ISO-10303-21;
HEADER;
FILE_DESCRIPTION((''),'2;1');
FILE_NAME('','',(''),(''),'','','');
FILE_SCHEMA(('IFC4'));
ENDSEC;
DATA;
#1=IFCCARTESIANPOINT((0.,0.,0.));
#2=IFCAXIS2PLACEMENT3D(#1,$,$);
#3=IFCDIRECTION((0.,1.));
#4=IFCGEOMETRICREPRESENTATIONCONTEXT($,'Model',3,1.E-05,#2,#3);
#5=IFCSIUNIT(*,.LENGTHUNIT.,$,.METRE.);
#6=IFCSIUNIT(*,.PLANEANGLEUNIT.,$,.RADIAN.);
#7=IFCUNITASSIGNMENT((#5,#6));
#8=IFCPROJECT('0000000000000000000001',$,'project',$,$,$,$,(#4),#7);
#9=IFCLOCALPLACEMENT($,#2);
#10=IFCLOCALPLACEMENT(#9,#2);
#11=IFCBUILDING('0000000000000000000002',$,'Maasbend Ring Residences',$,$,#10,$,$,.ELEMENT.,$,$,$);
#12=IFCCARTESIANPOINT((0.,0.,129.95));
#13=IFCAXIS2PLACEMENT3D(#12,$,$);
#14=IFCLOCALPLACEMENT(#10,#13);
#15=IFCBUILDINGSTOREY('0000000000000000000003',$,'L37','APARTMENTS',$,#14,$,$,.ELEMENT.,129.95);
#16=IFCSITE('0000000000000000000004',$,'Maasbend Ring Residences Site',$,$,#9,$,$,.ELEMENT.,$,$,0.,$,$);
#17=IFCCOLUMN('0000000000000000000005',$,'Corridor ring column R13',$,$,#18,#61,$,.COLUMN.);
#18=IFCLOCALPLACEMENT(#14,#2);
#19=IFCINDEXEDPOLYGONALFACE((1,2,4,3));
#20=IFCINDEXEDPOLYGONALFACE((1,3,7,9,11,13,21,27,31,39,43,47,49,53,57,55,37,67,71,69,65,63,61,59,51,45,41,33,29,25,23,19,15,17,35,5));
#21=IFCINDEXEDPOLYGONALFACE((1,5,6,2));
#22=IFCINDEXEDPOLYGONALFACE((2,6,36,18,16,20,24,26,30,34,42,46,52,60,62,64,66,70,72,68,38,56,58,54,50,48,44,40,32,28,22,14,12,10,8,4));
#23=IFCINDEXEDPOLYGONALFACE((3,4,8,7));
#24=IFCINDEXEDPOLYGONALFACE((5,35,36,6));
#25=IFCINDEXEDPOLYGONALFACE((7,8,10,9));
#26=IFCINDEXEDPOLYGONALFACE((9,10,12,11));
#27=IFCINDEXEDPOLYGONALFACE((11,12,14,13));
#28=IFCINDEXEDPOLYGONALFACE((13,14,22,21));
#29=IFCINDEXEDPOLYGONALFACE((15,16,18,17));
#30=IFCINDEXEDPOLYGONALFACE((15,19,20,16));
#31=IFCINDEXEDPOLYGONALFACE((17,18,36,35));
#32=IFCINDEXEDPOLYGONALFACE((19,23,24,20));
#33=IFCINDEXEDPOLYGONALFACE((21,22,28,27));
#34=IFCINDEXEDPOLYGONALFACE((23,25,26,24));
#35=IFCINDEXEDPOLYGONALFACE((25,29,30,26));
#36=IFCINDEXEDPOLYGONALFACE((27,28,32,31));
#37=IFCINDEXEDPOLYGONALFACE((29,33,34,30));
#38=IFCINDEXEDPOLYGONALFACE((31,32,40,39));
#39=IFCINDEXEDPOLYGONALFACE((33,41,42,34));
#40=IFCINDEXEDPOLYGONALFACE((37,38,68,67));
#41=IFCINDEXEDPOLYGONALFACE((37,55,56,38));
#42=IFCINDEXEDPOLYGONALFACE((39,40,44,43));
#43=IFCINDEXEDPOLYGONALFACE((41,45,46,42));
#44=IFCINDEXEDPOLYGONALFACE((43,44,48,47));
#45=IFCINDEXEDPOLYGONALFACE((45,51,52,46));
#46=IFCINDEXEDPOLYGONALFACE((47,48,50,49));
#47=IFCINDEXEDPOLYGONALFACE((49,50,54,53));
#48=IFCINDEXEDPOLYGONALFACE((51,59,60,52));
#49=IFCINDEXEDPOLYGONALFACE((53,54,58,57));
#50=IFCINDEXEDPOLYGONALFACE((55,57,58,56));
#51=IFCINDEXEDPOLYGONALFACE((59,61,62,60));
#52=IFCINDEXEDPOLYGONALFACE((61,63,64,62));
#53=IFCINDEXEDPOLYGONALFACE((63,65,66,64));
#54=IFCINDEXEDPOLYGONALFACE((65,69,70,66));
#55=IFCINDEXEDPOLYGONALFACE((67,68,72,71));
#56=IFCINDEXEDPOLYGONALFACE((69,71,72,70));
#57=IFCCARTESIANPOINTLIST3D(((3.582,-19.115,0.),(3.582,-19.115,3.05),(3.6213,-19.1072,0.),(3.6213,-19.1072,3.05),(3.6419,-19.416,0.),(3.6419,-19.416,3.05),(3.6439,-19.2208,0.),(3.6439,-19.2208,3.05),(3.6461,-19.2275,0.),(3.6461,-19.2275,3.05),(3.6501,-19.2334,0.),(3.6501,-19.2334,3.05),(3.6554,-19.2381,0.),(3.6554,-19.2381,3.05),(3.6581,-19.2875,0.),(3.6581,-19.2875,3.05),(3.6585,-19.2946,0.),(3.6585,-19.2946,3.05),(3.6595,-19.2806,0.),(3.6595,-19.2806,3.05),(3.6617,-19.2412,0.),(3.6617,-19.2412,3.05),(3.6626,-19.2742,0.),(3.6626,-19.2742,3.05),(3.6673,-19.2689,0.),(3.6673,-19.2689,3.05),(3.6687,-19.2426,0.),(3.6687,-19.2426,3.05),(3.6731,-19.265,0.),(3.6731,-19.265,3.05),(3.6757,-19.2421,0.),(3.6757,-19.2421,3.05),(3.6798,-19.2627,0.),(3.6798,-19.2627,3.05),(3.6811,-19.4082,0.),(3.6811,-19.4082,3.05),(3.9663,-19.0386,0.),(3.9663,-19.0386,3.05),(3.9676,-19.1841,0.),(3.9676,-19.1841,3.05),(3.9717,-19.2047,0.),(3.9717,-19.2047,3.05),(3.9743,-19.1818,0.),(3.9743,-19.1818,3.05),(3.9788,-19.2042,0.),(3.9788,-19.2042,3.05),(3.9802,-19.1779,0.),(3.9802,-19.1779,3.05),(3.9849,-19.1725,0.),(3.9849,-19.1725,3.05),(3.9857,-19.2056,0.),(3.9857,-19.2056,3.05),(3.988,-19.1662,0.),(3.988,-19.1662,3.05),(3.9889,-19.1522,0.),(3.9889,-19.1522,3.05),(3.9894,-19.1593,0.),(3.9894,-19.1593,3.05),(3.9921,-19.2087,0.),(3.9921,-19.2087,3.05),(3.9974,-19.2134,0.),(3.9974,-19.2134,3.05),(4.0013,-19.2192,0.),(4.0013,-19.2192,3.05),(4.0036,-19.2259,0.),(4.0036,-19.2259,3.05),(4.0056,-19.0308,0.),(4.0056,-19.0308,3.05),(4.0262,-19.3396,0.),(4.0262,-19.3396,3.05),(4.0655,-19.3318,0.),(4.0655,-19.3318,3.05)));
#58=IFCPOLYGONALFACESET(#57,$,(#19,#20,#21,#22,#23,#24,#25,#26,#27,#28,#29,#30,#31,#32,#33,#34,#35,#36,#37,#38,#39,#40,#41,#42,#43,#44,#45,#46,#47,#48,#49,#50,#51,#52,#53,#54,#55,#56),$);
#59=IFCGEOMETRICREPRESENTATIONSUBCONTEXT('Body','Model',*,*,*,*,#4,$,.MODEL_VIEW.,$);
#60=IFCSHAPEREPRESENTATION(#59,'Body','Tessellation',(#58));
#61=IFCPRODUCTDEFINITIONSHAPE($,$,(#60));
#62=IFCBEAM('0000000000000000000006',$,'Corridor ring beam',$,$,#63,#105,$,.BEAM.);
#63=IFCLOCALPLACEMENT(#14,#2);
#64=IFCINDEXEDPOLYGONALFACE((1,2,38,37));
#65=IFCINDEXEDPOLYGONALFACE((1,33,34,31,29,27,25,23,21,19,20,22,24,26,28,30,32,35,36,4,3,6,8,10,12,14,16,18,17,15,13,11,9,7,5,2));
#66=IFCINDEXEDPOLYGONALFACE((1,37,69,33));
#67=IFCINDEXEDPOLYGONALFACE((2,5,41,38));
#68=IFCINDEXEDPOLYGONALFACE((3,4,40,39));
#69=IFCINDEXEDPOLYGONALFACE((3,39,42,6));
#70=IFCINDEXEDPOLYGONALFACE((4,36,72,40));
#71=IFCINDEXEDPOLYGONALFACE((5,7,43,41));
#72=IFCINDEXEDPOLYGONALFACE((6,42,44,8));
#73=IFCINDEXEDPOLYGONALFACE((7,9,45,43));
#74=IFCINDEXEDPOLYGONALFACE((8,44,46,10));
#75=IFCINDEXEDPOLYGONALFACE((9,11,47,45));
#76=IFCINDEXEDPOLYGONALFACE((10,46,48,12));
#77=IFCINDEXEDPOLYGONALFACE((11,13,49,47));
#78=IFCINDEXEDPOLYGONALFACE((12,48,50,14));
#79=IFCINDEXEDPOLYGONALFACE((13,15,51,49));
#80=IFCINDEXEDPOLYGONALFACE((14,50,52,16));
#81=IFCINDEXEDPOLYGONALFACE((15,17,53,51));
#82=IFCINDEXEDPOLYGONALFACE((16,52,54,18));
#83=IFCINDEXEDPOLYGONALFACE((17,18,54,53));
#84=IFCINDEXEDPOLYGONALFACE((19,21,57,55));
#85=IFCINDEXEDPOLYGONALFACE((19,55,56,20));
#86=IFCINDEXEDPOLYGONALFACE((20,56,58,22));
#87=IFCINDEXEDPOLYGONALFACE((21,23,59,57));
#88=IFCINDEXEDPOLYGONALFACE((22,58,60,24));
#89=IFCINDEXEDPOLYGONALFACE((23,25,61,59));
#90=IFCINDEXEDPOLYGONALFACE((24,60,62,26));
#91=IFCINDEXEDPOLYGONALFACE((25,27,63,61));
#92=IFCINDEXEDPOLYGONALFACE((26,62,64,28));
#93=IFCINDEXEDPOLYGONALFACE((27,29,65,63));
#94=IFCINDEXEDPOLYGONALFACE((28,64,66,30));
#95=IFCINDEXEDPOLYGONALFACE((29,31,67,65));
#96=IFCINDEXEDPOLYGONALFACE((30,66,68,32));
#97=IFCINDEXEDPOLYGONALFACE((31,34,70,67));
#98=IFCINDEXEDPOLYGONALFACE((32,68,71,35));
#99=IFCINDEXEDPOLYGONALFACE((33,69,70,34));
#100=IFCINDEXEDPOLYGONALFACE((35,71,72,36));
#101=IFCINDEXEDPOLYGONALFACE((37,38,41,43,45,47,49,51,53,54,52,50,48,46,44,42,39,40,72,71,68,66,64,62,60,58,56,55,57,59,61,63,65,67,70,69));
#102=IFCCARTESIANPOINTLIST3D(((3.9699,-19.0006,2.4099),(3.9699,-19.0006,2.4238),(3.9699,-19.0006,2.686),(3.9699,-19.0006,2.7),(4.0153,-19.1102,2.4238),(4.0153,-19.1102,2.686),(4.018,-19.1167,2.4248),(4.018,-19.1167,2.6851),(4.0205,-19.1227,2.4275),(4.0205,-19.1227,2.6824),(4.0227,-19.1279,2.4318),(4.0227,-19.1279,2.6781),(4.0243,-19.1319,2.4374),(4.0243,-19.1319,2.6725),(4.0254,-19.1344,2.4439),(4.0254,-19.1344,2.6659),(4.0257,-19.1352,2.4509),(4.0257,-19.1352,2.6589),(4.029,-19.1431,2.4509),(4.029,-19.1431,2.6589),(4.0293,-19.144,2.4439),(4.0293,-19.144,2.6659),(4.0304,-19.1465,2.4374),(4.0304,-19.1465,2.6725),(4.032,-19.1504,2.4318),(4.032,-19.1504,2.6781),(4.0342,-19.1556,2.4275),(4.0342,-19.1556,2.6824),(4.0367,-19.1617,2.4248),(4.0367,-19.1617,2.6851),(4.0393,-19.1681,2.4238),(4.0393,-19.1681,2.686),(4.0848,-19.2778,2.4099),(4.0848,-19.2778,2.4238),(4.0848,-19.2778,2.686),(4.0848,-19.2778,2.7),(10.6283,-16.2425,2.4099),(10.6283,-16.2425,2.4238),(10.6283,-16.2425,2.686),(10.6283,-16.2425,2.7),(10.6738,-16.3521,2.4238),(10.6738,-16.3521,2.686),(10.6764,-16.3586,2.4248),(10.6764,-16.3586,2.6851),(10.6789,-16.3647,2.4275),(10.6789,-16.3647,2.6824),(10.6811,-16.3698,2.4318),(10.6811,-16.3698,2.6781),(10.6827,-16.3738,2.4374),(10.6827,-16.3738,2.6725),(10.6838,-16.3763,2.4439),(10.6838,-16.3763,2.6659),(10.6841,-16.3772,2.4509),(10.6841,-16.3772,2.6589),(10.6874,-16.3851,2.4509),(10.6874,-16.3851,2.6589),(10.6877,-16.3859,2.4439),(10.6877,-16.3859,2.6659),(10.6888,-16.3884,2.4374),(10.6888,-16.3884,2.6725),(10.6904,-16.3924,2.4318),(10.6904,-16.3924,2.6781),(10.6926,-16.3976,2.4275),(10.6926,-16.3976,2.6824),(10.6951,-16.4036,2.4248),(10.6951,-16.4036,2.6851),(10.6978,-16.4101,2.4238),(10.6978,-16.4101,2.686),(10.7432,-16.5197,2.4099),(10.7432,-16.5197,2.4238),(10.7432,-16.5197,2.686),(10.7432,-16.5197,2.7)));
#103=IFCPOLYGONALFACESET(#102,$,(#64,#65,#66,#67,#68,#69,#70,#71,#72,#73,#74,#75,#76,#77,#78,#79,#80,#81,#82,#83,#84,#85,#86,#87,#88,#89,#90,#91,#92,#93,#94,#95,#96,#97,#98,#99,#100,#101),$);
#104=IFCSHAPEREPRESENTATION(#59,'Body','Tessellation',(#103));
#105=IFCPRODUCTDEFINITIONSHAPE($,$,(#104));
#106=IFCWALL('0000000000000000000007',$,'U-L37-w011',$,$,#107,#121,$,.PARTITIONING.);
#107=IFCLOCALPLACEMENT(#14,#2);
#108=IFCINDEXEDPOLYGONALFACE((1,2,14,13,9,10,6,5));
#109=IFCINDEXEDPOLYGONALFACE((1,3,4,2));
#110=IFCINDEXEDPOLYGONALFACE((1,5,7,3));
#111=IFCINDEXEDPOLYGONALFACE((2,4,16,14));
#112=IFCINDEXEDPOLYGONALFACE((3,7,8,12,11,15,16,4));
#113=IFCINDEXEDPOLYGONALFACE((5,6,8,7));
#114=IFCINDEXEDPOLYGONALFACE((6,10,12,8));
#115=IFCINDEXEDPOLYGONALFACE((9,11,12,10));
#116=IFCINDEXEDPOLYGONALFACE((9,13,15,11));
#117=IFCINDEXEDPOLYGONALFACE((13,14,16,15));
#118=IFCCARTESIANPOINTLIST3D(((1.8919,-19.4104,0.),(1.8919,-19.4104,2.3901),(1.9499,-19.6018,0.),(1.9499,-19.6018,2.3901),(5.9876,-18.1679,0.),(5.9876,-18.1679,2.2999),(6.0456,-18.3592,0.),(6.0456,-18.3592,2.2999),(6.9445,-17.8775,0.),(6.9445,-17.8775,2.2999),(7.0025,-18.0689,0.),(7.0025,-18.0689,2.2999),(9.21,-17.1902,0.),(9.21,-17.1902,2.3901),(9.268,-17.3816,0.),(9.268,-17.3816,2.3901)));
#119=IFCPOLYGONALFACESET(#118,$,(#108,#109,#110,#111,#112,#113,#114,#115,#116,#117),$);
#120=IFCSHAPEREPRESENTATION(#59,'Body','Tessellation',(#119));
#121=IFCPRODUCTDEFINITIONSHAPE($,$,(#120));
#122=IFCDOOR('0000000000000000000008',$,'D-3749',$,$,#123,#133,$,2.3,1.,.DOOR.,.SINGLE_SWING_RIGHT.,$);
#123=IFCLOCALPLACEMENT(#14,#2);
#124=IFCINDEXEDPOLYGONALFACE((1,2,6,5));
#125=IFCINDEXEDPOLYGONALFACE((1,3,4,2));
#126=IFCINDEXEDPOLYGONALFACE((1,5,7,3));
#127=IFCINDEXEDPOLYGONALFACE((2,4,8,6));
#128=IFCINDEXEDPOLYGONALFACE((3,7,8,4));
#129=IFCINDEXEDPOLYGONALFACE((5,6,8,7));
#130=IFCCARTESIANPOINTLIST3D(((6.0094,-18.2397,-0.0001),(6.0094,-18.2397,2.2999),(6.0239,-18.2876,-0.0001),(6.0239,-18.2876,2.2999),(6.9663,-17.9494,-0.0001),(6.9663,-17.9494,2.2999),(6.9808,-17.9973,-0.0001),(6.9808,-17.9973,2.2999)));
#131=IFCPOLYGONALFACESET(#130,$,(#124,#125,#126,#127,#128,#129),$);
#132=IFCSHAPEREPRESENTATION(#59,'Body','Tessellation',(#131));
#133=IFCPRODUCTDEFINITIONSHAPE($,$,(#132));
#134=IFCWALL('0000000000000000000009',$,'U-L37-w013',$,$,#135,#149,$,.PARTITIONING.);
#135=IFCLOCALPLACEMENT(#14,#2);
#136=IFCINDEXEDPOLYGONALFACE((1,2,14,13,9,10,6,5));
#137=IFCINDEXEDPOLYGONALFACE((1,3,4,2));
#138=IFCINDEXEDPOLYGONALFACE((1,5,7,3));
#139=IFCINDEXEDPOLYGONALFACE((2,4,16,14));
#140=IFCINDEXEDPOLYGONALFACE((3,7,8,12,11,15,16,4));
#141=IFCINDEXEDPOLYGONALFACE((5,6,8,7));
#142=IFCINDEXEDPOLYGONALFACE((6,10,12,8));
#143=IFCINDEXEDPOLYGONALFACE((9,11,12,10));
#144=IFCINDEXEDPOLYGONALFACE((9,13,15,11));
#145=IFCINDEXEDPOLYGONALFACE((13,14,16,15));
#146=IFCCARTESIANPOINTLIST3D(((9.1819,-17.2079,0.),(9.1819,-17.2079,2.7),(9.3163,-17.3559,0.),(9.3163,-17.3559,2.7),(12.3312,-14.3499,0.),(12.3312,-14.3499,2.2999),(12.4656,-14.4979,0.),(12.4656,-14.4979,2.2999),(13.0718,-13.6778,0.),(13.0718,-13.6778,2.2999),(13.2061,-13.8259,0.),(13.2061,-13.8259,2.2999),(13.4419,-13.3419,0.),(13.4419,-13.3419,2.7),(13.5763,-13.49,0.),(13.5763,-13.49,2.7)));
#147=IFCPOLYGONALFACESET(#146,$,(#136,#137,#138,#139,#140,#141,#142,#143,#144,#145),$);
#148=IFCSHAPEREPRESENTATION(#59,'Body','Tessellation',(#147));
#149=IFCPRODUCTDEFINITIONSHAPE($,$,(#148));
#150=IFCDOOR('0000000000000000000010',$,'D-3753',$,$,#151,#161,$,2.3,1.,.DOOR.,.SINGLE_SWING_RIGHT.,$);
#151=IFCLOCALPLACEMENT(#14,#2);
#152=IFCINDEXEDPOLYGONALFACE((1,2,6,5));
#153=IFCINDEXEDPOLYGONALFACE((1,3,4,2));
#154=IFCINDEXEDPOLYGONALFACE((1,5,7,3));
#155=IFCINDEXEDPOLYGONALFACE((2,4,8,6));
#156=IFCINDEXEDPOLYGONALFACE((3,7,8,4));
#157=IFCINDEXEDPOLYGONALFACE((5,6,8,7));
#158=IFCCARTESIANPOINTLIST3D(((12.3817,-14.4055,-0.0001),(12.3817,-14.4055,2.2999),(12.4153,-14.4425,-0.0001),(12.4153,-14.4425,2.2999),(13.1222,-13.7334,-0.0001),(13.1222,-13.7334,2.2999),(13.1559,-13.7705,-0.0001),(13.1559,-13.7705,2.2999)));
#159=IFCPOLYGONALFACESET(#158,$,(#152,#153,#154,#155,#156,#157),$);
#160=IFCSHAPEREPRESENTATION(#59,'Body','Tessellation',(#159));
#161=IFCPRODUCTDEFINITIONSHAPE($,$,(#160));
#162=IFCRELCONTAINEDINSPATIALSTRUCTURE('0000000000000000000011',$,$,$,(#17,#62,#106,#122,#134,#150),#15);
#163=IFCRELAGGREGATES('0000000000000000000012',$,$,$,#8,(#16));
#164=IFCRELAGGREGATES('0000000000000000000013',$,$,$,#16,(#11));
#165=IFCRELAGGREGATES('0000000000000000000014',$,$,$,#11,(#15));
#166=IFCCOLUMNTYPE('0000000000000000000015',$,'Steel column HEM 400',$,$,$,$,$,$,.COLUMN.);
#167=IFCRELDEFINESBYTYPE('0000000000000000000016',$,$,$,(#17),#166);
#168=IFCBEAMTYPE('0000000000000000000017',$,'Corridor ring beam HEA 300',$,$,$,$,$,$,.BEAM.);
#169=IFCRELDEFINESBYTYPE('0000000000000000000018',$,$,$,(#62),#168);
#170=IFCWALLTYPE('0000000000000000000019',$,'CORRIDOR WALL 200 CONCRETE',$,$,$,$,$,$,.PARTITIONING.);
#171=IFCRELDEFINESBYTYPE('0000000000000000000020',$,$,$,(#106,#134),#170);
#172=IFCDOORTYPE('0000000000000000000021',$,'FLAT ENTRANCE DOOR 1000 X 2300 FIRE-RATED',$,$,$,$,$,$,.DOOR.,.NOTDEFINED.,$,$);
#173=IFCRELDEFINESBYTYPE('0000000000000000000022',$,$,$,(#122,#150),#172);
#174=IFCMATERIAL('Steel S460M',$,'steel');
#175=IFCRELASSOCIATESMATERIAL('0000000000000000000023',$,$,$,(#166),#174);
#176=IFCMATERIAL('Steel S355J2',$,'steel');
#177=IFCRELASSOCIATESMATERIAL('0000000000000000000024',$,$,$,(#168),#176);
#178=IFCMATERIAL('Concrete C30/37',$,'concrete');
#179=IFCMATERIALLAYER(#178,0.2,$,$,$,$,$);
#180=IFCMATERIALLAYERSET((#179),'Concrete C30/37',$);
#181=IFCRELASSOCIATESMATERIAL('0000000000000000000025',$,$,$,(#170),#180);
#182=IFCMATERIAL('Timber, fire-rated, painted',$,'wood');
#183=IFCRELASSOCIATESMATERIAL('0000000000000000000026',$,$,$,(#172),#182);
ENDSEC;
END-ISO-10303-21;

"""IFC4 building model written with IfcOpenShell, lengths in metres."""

from ifc_helpers import new_model, si_unit, direction, frame, frame_2d, origin, origin_2d, place, context, subcontext, project, spatial, rectangle, i_section, extrude, material, layer, layer_set, material_profile, profile_set, type_object, element, fill, save


model = new_model("IFC4")

# Units and contexts
model_context = context("Model", 3, precision=1e-05, world=origin(), true_north=direction((0.0, 1.0)))
body_context = subcontext(model_context, "Body", "Model", "MODEL_VIEW")
ifc_project = project(units=[si_unit("LENGTHUNIT", "METRE"), si_unit("PLANEANGLEUNIT", "RADIAN")], contexts=[model_context])

# Site, building, storey
site_placement = place(None, origin())
site = spatial("IfcSite", under=ifc_project, at=site_placement, Name="Maasbend Ring Residences Site", CompositionType="ELEMENT", RefElevation=0.0)
building_placement = place(site_placement, origin())
building = spatial("IfcBuilding", under=site, at=building_placement, Name="Maasbend Ring Residences", CompositionType="ELEMENT")
storey_placement = place(building_placement, frame((0.0, 0.0, 129.95)))
storey = spatial("IfcBuildingStorey", under=building, at=storey_placement, Name="L37", Description="APARTMENTS", CompositionType="ELEMENT", Elevation=129.95)

# Column
ifc_material_1 = material(Name="Steel S460M", Category="steel")
ifc_material_profile_1 = material_profile(ifc_material_1, i_section(OverallWidth=0.3069, OverallDepth=0.4319, WebThickness=0.021, FlangeThickness=0.04, FilletRadius=0.0271, at=origin_2d()), Name="HEM 400")
ifc_profile_set_1 = profile_set([ifc_material_profile_1], Name="Steel S460M")
column_type = type_object("IfcColumnType", Name="Steel column HEM 400", PredefinedType="COLUMN", material=ifc_profile_set_1)
column_placement = place(storey_placement, frame((3.8237, -19.2234, 0.0), z_axis=(0.0, 0.0, 1.0), x_axis=(0.19509, -0.980785, 0.0)))
element("IfcColumn", 1, at=column_placement, inside=storey, type_object=column_type, Name="Corridor ring column R13", PredefinedType="COLUMN", context=body_context, shape_type="SweptSolid", body=[
    extrude(i_section(OverallWidth=0.3069, OverallDepth=0.4319, WebThickness=0.021, FlangeThickness=0.04, FilletRadius=0.0271, at=origin_2d()), origin(), (0.0, 0.0, 1.0), 3.05),
])

# Beam
ifc_material_2 = material(Name="Steel S355J2", Category="steel")
ifc_material_profile_2 = material_profile(ifc_material_2, i_section(OverallWidth=0.3, OverallDepth=0.29, WebThickness=0.0085, FlangeThickness=0.0139, FilletRadius=0.0271, at=origin_2d()), Name="HEA 300")
ifc_profile_set_2 = profile_set([ifc_material_profile_2], Name="Steel S355J2")
beam_type = type_object("IfcBeamType", Name="Corridor ring beam HEA 300", PredefinedType="BEAM", material=ifc_profile_set_2)
beam_placement = place(storey_placement, frame((4.0273, -19.1392, 2.5549), z_axis=(0.923878, 0.382688, 0.0), x_axis=(-0.382688, 0.923878, 0.0)))
element("IfcBeam", 2, at=beam_placement, inside=storey, type_object=beam_type, Name="Corridor ring beam", PredefinedType="BEAM", context=body_context, shape_type="SweptSolid", body=[
    extrude(i_section(OverallWidth=0.3, OverallDepth=0.29, WebThickness=0.0085, FlangeThickness=0.0139, FilletRadius=0.0271, at=origin_2d()), origin(), (0.0, 0.0, 1.0), 7.207),
])

# Walls, openings, doors
ifc_material_3 = material(Name="Concrete C30/37", Category="concrete")
ifc_layer_1 = layer(ifc_material_3, 0.2)
ifc_layer_set_1 = layer_set([ifc_layer_1], Name="Concrete C30/37")
wall_type_1 = type_object("IfcWallType", Name="CORRIDOR WALL 200 CONCRETE", PredefinedType="PARTITIONING", material=ifc_layer_set_1)
wall_1_placement = place(storey_placement, frame((1.9209, -19.5061, 0.0), z_axis=(0.0, 0.0, 1.0), x_axis=(0.95693, 0.290319, 0.0)))
wall_1 = element("IfcWall", 3, at=wall_1_placement, inside=storey, type_object=wall_type_1, Name="U-L37-w011", PredefinedType="PARTITIONING", context=body_context, shape_type="SweptSolid", body=[
    extrude(rectangle(XDim=7.6475, YDim=0.2, at=frame_2d((3.8237, 0.0))), origin(), (0.0, 0.0, 1.0), 2.3901),
])
opening_1_placement = place(wall_1_placement, frame((4.28, 0.0, 0.0)))
opening_1 = element("IfcOpeningElement", 4, at=opening_1_placement, cuts=wall_1, PredefinedType="OPENING", context=body_context, shape_type="SweptSolid", body=[
    extrude(rectangle(XDim=1.0, YDim=2.3, at=frame_2d((0.5, 1.1499))), frame((0.0, 0.1099, 0.0), z_axis=(0.0, -1.0, 0.0), x_axis=(1.0, 0.0, 0.0)), (0.0, 0.0, 1.0), 0.22),
])
ifc_material_4 = material(Name="Timber, fire-rated, painted", Category="wood")
door_type_1 = type_object("IfcDoorType", Name="FLAT ENTRANCE DOOR 1000 X 2300 FIRE-RATED", OperationType="NOTDEFINED", PredefinedType="DOOR", material=ifc_material_4)
door_1_placement = place(opening_1_placement, origin())
door_1 = element("IfcDoor", 5, at=door_1_placement, inside=storey, type_object=door_type_1, Name="D-3749", OperationType="SINGLE_SWING_RIGHT", OverallHeight=2.3, OverallWidth=1.0, PredefinedType="DOOR", context=body_context, shape_type="SweptSolid", body=[
    extrude(rectangle(XDim=1.0, YDim=2.3, at=frame_2d((0.5, 1.1499))), frame((0.0, 0.0249, 0.0), z_axis=(0.0, -1.0, 0.0), x_axis=(1.0, 0.0, 0.0)), (0.0, 0.0, 1.0), 0.05),
])
fill(opening_1, door_1)
wall_2_placement = place(storey_placement, frame((9.249, -17.282, 0.0), z_axis=(0.0, 0.0, 1.0), x_axis=(0.740525, 0.672028, 0.0)))
wall_2 = element("IfcWall", 6, at=wall_2_placement, inside=storey, type_object=wall_type_1, Name="U-L37-w013", PredefinedType="PARTITIONING", context=body_context, shape_type="SweptSolid", body=[
    extrude(rectangle(XDim=5.7527, YDim=0.2, at=frame_2d((2.8765, 0.0))), origin(), (0.0, 0.0, 1.0), 2.7),
])
opening_2_placement = place(wall_2_placement, frame((4.2529, 0.0, 0.0)))
opening_2 = element("IfcOpeningElement", 7, at=opening_2_placement, cuts=wall_2, PredefinedType="OPENING", context=body_context, shape_type="SweptSolid", body=[
    extrude(rectangle(XDim=1.0, YDim=2.3, at=frame_2d((0.5, 1.1499))), frame((0.0, 0.1099, 0.0), z_axis=(0.0, -1.0, 0.0), x_axis=(1.0, 0.0, 0.0)), (0.0, 0.0, 1.0), 0.22),
])
door_2_placement = place(opening_2_placement, origin())
door_2 = element("IfcDoor", 8, at=door_2_placement, inside=storey, type_object=door_type_1, Name="D-3753", OperationType="SINGLE_SWING_RIGHT", OverallHeight=2.3, OverallWidth=1.0, PredefinedType="DOOR", context=body_context, shape_type="SweptSolid", body=[
    extrude(rectangle(XDim=1.0, YDim=2.3, at=frame_2d((0.5, 1.1499))), frame((0.0, 0.0249, 0.0), z_axis=(0.0, -1.0, 0.0), x_axis=(1.0, 0.0, 0.0)), (0.0, 0.0, 1.0), 0.05),
])
fill(opening_2, door_2)

save(model, "model.ifc")
